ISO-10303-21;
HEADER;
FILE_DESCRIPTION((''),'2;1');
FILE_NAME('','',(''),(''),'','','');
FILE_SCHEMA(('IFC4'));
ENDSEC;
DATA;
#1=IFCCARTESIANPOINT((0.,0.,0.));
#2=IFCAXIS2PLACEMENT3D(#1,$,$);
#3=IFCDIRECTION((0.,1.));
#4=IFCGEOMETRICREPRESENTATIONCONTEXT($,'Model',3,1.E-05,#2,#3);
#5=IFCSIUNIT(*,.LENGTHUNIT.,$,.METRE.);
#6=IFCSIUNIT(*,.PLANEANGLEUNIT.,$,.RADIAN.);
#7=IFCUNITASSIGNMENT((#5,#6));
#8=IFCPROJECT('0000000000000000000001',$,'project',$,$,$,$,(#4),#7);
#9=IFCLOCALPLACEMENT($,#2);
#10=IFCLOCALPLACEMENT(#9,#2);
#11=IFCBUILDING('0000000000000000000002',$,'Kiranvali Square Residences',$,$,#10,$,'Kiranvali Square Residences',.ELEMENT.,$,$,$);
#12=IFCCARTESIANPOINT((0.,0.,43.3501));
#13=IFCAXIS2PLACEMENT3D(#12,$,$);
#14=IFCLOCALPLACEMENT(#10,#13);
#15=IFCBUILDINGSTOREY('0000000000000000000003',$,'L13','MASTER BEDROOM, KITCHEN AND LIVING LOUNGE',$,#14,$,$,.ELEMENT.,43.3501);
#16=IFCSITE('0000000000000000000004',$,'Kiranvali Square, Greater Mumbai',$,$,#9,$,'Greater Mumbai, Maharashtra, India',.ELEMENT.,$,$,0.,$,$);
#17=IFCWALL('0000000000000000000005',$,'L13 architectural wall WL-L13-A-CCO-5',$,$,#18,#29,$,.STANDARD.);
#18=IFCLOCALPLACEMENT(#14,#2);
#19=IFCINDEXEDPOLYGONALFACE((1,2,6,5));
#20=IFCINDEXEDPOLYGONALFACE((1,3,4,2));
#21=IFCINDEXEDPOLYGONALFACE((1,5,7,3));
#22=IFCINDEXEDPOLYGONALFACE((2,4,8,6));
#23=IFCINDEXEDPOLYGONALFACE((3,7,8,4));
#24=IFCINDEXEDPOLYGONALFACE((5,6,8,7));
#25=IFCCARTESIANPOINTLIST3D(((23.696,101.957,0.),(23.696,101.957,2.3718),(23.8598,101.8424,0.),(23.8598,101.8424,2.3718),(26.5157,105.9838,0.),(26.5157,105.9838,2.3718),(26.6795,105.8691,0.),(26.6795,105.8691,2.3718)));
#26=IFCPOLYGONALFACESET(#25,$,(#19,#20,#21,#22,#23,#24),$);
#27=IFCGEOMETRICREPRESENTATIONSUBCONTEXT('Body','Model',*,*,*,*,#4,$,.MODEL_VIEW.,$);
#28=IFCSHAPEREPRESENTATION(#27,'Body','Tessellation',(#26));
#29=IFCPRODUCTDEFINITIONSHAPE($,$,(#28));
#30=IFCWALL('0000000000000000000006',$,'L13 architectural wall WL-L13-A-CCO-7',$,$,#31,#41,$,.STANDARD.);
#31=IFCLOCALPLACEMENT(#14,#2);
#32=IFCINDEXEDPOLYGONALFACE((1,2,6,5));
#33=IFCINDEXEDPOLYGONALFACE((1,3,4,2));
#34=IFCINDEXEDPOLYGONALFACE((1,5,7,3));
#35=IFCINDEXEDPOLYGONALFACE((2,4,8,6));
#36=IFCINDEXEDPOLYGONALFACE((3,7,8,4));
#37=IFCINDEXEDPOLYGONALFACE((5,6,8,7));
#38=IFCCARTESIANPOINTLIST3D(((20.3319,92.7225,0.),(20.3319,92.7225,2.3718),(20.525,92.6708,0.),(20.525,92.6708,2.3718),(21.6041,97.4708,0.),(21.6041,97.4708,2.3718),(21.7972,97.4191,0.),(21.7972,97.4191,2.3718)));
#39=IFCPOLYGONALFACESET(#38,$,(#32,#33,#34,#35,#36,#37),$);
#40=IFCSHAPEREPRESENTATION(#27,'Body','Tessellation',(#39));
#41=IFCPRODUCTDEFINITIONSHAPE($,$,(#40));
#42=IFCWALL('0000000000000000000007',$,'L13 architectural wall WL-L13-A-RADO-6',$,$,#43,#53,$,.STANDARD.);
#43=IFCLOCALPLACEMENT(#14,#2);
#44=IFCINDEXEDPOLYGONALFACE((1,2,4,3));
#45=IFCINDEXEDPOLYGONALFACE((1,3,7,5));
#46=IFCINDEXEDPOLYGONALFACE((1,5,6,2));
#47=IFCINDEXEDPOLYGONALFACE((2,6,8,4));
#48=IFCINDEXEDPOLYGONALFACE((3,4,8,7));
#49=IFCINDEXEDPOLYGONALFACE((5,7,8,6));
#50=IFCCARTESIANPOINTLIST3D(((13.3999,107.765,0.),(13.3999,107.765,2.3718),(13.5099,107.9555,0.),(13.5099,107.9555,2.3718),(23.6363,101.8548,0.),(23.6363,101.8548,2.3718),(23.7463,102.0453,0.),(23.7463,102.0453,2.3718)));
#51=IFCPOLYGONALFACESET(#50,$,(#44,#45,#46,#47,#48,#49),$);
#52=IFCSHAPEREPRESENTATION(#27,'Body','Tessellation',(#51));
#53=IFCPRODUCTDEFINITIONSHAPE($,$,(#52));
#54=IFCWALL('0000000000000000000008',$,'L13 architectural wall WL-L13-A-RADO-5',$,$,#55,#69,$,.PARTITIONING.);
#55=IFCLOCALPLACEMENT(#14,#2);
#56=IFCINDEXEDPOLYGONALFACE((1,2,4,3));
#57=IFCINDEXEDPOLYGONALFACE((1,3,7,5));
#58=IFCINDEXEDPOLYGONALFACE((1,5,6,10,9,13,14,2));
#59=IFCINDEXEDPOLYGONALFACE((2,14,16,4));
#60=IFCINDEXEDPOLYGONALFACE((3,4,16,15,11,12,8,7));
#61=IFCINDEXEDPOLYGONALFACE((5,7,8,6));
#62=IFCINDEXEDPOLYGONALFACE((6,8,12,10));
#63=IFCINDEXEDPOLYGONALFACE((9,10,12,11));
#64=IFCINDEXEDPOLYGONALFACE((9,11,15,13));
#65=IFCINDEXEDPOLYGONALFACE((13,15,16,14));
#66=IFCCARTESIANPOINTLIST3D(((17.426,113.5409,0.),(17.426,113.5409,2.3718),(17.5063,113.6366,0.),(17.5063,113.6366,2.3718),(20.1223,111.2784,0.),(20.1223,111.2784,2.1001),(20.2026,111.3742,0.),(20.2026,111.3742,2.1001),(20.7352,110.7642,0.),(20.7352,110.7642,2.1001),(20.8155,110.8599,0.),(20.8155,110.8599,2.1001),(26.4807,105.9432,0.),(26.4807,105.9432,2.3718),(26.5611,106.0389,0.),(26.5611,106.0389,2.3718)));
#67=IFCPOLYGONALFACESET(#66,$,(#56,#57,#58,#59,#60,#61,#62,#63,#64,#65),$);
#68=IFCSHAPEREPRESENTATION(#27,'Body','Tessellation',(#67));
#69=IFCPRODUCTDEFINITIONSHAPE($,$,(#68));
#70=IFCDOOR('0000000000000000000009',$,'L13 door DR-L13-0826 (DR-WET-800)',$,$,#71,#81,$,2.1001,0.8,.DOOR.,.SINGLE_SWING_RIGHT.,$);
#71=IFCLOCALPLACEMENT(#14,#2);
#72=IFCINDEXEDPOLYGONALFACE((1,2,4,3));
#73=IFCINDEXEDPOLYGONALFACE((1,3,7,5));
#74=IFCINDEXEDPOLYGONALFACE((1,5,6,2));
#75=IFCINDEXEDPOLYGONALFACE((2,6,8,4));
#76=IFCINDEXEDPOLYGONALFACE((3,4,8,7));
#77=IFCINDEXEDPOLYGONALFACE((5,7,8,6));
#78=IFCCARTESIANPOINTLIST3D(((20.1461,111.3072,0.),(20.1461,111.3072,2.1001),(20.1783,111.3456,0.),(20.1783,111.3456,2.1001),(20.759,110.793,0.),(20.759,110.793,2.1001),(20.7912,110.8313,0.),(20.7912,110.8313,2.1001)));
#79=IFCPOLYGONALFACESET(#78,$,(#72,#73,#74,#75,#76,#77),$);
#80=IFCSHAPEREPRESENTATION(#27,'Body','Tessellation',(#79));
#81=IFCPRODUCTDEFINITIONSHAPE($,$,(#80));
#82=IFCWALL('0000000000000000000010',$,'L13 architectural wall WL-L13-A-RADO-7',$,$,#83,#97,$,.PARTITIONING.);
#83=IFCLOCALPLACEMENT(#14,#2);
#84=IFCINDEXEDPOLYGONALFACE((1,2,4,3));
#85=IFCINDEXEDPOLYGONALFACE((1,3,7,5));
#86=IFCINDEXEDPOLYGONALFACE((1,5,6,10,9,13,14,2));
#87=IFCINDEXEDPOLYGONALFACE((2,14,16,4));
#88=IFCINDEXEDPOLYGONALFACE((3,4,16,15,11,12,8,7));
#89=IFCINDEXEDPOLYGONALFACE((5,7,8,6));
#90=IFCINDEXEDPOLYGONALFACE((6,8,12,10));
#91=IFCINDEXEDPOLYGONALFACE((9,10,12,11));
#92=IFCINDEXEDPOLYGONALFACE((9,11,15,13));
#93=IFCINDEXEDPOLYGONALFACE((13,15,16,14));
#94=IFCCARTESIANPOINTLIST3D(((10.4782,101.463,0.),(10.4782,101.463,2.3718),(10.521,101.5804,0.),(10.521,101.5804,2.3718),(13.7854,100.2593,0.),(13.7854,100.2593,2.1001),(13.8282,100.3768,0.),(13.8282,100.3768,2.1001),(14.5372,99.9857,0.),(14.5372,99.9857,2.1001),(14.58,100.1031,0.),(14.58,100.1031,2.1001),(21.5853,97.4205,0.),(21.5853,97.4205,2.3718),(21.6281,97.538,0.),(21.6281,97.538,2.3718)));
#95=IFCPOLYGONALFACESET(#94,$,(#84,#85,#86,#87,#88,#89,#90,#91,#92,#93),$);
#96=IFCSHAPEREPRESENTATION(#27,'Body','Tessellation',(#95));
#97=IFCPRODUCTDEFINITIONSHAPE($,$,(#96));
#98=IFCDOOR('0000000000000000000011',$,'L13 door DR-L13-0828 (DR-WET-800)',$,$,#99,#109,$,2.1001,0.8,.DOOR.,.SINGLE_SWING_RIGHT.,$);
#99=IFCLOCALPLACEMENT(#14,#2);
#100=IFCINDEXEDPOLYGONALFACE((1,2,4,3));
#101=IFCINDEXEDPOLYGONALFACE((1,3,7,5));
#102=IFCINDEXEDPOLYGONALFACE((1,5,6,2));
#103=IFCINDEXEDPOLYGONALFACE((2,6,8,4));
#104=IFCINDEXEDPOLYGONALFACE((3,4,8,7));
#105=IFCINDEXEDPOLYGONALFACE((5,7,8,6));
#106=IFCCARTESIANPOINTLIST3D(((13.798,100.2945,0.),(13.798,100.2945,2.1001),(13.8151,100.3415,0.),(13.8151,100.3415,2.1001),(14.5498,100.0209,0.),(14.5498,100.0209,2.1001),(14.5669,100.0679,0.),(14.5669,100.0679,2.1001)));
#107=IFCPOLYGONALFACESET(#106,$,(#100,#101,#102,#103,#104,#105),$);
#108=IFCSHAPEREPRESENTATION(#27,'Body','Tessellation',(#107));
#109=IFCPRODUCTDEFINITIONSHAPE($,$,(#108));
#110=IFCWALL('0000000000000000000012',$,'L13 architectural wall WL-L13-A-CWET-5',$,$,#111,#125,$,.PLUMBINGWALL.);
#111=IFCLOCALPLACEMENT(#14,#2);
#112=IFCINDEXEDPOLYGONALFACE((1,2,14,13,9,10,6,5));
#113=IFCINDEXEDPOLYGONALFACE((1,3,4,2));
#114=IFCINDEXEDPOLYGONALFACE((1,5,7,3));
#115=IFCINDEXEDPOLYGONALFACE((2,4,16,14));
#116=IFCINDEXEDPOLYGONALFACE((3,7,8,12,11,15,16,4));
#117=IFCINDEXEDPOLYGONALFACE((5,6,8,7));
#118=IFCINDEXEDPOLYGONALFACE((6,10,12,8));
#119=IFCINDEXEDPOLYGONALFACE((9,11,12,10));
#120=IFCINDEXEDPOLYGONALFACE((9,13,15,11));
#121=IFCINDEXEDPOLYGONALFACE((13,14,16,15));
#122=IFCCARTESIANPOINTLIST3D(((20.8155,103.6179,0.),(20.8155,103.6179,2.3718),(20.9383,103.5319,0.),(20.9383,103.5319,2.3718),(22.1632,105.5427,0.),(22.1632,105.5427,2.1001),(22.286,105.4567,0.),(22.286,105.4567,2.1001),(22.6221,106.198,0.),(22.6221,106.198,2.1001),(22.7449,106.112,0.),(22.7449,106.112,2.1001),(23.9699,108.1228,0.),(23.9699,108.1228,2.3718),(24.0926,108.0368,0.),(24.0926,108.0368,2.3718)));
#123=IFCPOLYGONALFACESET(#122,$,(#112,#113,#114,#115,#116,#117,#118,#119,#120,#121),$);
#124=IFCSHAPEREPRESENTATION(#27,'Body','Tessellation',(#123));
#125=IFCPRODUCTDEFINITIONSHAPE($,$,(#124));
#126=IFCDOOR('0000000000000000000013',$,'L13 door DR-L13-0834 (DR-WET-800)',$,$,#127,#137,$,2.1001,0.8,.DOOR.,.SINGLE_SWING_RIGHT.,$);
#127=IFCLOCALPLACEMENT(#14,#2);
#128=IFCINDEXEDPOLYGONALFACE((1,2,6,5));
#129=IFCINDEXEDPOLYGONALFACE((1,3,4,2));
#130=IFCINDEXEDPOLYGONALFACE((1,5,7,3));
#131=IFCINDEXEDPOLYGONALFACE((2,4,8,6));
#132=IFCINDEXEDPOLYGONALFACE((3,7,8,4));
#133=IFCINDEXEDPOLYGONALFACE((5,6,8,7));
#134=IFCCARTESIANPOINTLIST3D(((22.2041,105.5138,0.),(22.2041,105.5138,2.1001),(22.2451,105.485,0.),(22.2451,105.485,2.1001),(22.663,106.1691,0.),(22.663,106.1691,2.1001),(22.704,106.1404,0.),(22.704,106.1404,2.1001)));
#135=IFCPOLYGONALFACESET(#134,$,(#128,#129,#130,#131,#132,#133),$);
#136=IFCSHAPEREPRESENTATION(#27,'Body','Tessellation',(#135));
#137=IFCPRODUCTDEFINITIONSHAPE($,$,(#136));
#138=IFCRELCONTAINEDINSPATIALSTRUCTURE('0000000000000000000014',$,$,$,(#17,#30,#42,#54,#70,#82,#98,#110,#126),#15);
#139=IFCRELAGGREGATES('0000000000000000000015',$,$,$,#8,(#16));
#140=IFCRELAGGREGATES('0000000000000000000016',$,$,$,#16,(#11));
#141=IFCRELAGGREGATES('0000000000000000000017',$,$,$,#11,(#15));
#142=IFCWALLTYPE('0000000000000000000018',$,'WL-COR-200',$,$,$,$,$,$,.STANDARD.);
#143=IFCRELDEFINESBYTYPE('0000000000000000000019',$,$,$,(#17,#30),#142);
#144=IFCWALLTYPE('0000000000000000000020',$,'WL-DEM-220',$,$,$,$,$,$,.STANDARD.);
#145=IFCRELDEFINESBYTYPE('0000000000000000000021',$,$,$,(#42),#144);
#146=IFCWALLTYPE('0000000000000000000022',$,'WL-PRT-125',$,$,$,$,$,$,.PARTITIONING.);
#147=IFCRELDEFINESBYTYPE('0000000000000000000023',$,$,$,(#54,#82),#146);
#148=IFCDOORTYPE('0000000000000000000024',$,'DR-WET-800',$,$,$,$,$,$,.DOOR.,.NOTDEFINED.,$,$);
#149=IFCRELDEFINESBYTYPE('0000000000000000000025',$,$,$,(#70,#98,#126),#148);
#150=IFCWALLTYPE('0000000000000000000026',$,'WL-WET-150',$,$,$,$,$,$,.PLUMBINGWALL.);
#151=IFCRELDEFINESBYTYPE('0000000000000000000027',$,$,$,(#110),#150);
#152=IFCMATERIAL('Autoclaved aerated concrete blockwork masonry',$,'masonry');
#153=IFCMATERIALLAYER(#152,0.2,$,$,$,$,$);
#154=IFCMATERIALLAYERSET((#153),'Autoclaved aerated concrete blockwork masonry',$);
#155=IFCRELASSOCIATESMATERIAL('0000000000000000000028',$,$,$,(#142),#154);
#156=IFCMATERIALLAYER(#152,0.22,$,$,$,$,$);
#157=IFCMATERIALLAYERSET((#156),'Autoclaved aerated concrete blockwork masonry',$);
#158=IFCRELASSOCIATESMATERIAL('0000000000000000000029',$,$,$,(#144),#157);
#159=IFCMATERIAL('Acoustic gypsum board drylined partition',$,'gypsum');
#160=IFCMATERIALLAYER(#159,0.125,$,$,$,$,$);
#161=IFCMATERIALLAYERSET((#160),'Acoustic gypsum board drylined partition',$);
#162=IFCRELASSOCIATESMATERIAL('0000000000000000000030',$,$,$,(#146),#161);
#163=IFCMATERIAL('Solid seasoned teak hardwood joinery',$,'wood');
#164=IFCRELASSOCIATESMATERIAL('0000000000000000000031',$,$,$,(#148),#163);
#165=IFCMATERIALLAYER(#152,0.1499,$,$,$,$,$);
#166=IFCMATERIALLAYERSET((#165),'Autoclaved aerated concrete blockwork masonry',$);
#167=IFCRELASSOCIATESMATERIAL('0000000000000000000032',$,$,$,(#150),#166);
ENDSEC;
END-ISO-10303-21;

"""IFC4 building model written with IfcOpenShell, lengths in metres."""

from ifc_helpers import new_model, si_unit, direction, frame, frame_2d, origin, place, context, subcontext, project, spatial, rectangle, extrude, material, layer, layer_set, type_object, element, fill, save


model = new_model("IFC4")

# Units and contexts
model_context = context("Model", 3, precision=1e-05, world=origin(), true_north=direction((0.0, 1.0)))
body_context = subcontext(model_context, "Body", "Model", "MODEL_VIEW")
ifc_project = project(units=[si_unit("LENGTHUNIT", "METRE"), si_unit("PLANEANGLEUNIT", "RADIAN")], contexts=[model_context])

# Site, building, storey
site_placement = place(None, origin())
site = spatial("IfcSite", under=ifc_project, at=site_placement, Name="Kiranvali Square, Greater Mumbai", LongName="Greater Mumbai, Maharashtra, India", CompositionType="ELEMENT", RefElevation=0.0)
building_placement = place(site_placement, origin())
building = spatial("IfcBuilding", under=site, at=building_placement, Name="Kiranvali Square Residences", LongName="Kiranvali Square Residences", CompositionType="ELEMENT")
storey_placement = place(building_placement, frame((0.0, 0.0, 43.3501)))
storey = spatial("IfcBuildingStorey", under=building, at=storey_placement, Name="L13", Description="MASTER BEDROOM, KITCHEN AND LIVING LOUNGE", CompositionType="ELEMENT", Elevation=43.3501)

# Wall
ifc_material_1 = material(Name="Autoclaved aerated concrete blockwork masonry", Category="masonry")
ifc_layer_1 = layer(ifc_material_1, 0.2)
ifc_layer_set_1 = layer_set([ifc_layer_1], Name="Autoclaved aerated concrete blockwork masonry")
wall_type_1 = type_object("IfcWallType", Name="WL-COR-200", PredefinedType="STANDARD", material=ifc_layer_set_1)
wall_1_placement = place(storey_placement, frame((26.5977, 105.9265, 0.0), z_axis=(0.0, 0.0, 1.0), x_axis=(-0.573592, -0.819141, 0.0)))
element("IfcWall", 1, at=wall_1_placement, inside=storey, type_object=wall_type_1, Name="L13 architectural wall WL-L13-A-CCO-5", PredefinedType="STANDARD", context=body_context, shape_type="SweptSolid", body=[
    extrude(rectangle(XDim=4.9158, YDim=0.2, at=frame_2d((2.458, 0.0))), origin(), (0.0, 0.0, 1.0), 2.3718),
])

# Walls
wall_2_placement = place(storey_placement, frame((21.7007, 97.4451, 0.0), z_axis=(0.0, 0.0, 1.0), x_axis=(-0.258803, -0.96593, 0.0)))
element("IfcWall", 2, at=wall_2_placement, inside=storey, type_object=wall_type_1, Name="L13 architectural wall WL-L13-A-CCO-7", PredefinedType="STANDARD", context=body_context, shape_type="SweptSolid", body=[
    extrude(rectangle(XDim=4.9158, YDim=0.2, at=frame_2d((2.458, 0.0))), origin(), (0.0, 0.0, 1.0), 2.3718),
])
ifc_layer_2 = layer(ifc_material_1, 0.22)
ifc_layer_set_2 = layer_set([ifc_layer_2], Name="Autoclaved aerated concrete blockwork masonry")
wall_type_2 = type_object("IfcWallType", Name="WL-DEM-220", PredefinedType="STANDARD", material=ifc_layer_set_2)
wall_3_placement = place(storey_placement, frame((23.6914, 101.95, 0.0), z_axis=(0.0, 0.0, 1.0), x_axis=(-0.866018, 0.500013, 0.0)))
element("IfcWall", 3, at=wall_3_placement, inside=storey, type_object=wall_type_2, Name="L13 architectural wall WL-L13-A-RADO-6", PredefinedType="STANDARD", context=body_context, shape_type="SweptSolid", body=[
    extrude(rectangle(XDim=11.8201, YDim=0.22, at=frame_2d((5.9102, 0.0))), origin(), (0.0, 0.0, 1.0), 2.3718),
])

# Walls, openings, doors
ifc_material_2 = material(Name="Acoustic gypsum board drylined partition", Category="gypsum")
ifc_layer_3 = layer(ifc_material_2, 0.125)
ifc_layer_set_3 = layer_set([ifc_layer_3], Name="Acoustic gypsum board drylined partition")
wall_type_3 = type_object("IfcWallType", Name="WL-PRT-125", PredefinedType="PARTITIONING", material=ifc_layer_set_3)
wall_4_placement = place(storey_placement, frame((26.521, 105.991, 0.0), z_axis=(0.0, 0.0, 1.0), x_axis=(-0.76605, 0.642781, 0.0)))
wall_4 = element("IfcWall", 4, at=wall_4_placement, inside=storey, type_object=wall_type_3, Name="L13 architectural wall WL-L13-A-RADO-5", PredefinedType="PARTITIONING", context=body_context, shape_type="SweptSolid", body=[
    extrude(rectangle(XDim=11.8201, YDim=0.125, at=frame_2d((5.9102, 0.0))), origin(), (0.0, 0.0, 1.0), 2.3718),
])
opening_1_placement = place(wall_4_placement, frame((7.5005, 0.0, 0.0)))
opening_1 = element("IfcOpeningElement", 5, at=opening_1_placement, cuts=wall_4, PredefinedType="OPENING", context=body_context, shape_type="SweptSolid", body=[
    extrude(rectangle(XDim=0.8, YDim=2.1001, at=frame_2d((0.3999, 1.05))), frame((0.0, 0.0725, 0.0), z_axis=(0.0, -1.0, 0.0), x_axis=(1.0, 0.0, 0.0)), (0.0, 0.0, 1.0), 0.145),
])
ifc_material_3 = material(Name="Solid seasoned teak hardwood joinery", Category="wood")
door_type_1 = type_object("IfcDoorType", Name="DR-WET-800", OperationType="NOTDEFINED", PredefinedType="DOOR", material=ifc_material_3)
door_1_placement = place(opening_1_placement, frame((0.8, 0.0, 0.0), z_axis=(0.0, 0.0, 1.0), x_axis=(-1.0, 0.0, 0.0)))
door_1 = element("IfcDoor", 6, at=door_1_placement, inside=storey, type_object=door_type_1, Name="L13 door DR-L13-0826 (DR-WET-800)", OperationType="SINGLE_SWING_RIGHT", OverallHeight=2.1001, OverallWidth=0.8, PredefinedType="DOOR", context=body_context, shape_type="SweptSolid", body=[
    extrude(rectangle(XDim=0.8, YDim=2.1001, at=frame_2d((0.3999, 1.05))), frame((0.0, 0.0249, 0.0), z_axis=(0.0, -1.0, 0.0), x_axis=(1.0, 0.0, 0.0)), (0.0, 0.0, 1.0), 0.05),
])
fill(opening_1, door_1)
wall_5_placement = place(storey_placement, frame((21.6067, 97.4792, 0.0), z_axis=(0.0, 0.0, 1.0), x_axis=(-0.939698, 0.342005, 0.0)))
wall_5 = element("IfcWall", 7, at=wall_5_placement, inside=storey, type_object=wall_type_3, Name="L13 architectural wall WL-L13-A-RADO-7", PredefinedType="PARTITIONING", context=body_context, shape_type="SweptSolid", body=[
    extrude(rectangle(XDim=11.8198, YDim=0.125, at=frame_2d((5.9099, 0.0))), origin(), (0.0, 0.0, 1.0), 2.3718),
])
opening_2_placement = place(wall_5_placement, frame((7.5005, 0.0, 0.0)))
opening_2 = element("IfcOpeningElement", 8, at=opening_2_placement, cuts=wall_5, PredefinedType="OPENING", context=body_context, shape_type="SweptSolid", body=[
    extrude(rectangle(XDim=0.8, YDim=2.1001, at=frame_2d((0.3999, 1.05))), frame((0.0, 0.0725, 0.0), z_axis=(0.0, -1.0, 0.0), x_axis=(1.0, 0.0, 0.0)), (0.0, 0.0, 1.0), 0.145),
])
door_2_placement = place(opening_2_placement, frame((0.8, 0.0, 0.0), z_axis=(0.0, 0.0, 1.0), x_axis=(-1.0, 0.0, 0.0)))
door_2 = element("IfcDoor", 9, at=door_2_placement, inside=storey, type_object=door_type_1, Name="L13 door DR-L13-0828 (DR-WET-800)", OperationType="SINGLE_SWING_RIGHT", OverallHeight=2.1001, OverallWidth=0.8, PredefinedType="DOOR", context=body_context, shape_type="SweptSolid", body=[
    extrude(rectangle(XDim=0.8, YDim=2.1001, at=frame_2d((0.3999, 1.05))), frame((0.0, 0.0249, 0.0), z_axis=(0.0, -1.0, 0.0), x_axis=(1.0, 0.0, 0.0)), (0.0, 0.0, 1.0), 0.05),
])
fill(opening_2, door_2)
ifc_layer_4 = layer(ifc_material_1, 0.1499)
ifc_layer_set_4 = layer_set([ifc_layer_4], Name="Autoclaved aerated concrete blockwork masonry")
wall_type_4 = type_object("IfcWallType", Name="WL-WET-150", PredefinedType="PLUMBINGWALL", material=ifc_layer_set_4)
wall_6_placement = place(storey_placement, frame((24.0312, 108.0798, 0.0), z_axis=(0.0, 0.0, 1.0), x_axis=(-0.57357, -0.819157, 0.0)))
wall_6 = element("IfcWall", 10, at=wall_6_placement, inside=storey, type_object=wall_type_4, Name="L13 architectural wall WL-L13-A-CWET-5", PredefinedType="PLUMBINGWALL", context=body_context, shape_type="SweptSolid", body=[
    extrude(rectangle(XDim=5.4995, YDim=0.1499, at=frame_2d((2.7498, 0.0))), origin(), (0.0, 0.0, 1.0), 2.3718),
])
opening_3_placement = place(wall_6_placement, frame((2.3499, 0.0, 0.0)))
opening_3 = element("IfcOpeningElement", 11, at=opening_3_placement, cuts=wall_6, PredefinedType="OPENING", context=body_context, shape_type="SweptSolid", body=[
    extrude(rectangle(XDim=0.8, YDim=2.1001, at=frame_2d((0.3999, 1.05))), frame((0.0, 0.085, 0.0), z_axis=(0.0, -1.0, 0.0), x_axis=(1.0, 0.0, 0.0)), (0.0, 0.0, 1.0), 0.1699),
])
door_3_placement = place(opening_3_placement, frame((0.8, 0.0, 0.0), z_axis=(0.0, 0.0, 1.0), x_axis=(-1.0, 0.0, 0.0)))
door_3 = element("IfcDoor", 12, at=door_3_placement, inside=storey, type_object=door_type_1, Name="L13 door DR-L13-0834 (DR-WET-800)", OperationType="SINGLE_SWING_RIGHT", OverallHeight=2.1001, OverallWidth=0.8, PredefinedType="DOOR", context=body_context, shape_type="SweptSolid", body=[
    extrude(rectangle(XDim=0.8, YDim=2.1001, at=frame_2d((0.3999, 1.05))), frame((0.0, 0.0249, 0.0), z_axis=(0.0, -1.0, 0.0), x_axis=(1.0, 0.0, 0.0)), (0.0, 0.0, 1.0), 0.05),
])
fill(opening_3, door_3)

save(model, "model.ifc")
